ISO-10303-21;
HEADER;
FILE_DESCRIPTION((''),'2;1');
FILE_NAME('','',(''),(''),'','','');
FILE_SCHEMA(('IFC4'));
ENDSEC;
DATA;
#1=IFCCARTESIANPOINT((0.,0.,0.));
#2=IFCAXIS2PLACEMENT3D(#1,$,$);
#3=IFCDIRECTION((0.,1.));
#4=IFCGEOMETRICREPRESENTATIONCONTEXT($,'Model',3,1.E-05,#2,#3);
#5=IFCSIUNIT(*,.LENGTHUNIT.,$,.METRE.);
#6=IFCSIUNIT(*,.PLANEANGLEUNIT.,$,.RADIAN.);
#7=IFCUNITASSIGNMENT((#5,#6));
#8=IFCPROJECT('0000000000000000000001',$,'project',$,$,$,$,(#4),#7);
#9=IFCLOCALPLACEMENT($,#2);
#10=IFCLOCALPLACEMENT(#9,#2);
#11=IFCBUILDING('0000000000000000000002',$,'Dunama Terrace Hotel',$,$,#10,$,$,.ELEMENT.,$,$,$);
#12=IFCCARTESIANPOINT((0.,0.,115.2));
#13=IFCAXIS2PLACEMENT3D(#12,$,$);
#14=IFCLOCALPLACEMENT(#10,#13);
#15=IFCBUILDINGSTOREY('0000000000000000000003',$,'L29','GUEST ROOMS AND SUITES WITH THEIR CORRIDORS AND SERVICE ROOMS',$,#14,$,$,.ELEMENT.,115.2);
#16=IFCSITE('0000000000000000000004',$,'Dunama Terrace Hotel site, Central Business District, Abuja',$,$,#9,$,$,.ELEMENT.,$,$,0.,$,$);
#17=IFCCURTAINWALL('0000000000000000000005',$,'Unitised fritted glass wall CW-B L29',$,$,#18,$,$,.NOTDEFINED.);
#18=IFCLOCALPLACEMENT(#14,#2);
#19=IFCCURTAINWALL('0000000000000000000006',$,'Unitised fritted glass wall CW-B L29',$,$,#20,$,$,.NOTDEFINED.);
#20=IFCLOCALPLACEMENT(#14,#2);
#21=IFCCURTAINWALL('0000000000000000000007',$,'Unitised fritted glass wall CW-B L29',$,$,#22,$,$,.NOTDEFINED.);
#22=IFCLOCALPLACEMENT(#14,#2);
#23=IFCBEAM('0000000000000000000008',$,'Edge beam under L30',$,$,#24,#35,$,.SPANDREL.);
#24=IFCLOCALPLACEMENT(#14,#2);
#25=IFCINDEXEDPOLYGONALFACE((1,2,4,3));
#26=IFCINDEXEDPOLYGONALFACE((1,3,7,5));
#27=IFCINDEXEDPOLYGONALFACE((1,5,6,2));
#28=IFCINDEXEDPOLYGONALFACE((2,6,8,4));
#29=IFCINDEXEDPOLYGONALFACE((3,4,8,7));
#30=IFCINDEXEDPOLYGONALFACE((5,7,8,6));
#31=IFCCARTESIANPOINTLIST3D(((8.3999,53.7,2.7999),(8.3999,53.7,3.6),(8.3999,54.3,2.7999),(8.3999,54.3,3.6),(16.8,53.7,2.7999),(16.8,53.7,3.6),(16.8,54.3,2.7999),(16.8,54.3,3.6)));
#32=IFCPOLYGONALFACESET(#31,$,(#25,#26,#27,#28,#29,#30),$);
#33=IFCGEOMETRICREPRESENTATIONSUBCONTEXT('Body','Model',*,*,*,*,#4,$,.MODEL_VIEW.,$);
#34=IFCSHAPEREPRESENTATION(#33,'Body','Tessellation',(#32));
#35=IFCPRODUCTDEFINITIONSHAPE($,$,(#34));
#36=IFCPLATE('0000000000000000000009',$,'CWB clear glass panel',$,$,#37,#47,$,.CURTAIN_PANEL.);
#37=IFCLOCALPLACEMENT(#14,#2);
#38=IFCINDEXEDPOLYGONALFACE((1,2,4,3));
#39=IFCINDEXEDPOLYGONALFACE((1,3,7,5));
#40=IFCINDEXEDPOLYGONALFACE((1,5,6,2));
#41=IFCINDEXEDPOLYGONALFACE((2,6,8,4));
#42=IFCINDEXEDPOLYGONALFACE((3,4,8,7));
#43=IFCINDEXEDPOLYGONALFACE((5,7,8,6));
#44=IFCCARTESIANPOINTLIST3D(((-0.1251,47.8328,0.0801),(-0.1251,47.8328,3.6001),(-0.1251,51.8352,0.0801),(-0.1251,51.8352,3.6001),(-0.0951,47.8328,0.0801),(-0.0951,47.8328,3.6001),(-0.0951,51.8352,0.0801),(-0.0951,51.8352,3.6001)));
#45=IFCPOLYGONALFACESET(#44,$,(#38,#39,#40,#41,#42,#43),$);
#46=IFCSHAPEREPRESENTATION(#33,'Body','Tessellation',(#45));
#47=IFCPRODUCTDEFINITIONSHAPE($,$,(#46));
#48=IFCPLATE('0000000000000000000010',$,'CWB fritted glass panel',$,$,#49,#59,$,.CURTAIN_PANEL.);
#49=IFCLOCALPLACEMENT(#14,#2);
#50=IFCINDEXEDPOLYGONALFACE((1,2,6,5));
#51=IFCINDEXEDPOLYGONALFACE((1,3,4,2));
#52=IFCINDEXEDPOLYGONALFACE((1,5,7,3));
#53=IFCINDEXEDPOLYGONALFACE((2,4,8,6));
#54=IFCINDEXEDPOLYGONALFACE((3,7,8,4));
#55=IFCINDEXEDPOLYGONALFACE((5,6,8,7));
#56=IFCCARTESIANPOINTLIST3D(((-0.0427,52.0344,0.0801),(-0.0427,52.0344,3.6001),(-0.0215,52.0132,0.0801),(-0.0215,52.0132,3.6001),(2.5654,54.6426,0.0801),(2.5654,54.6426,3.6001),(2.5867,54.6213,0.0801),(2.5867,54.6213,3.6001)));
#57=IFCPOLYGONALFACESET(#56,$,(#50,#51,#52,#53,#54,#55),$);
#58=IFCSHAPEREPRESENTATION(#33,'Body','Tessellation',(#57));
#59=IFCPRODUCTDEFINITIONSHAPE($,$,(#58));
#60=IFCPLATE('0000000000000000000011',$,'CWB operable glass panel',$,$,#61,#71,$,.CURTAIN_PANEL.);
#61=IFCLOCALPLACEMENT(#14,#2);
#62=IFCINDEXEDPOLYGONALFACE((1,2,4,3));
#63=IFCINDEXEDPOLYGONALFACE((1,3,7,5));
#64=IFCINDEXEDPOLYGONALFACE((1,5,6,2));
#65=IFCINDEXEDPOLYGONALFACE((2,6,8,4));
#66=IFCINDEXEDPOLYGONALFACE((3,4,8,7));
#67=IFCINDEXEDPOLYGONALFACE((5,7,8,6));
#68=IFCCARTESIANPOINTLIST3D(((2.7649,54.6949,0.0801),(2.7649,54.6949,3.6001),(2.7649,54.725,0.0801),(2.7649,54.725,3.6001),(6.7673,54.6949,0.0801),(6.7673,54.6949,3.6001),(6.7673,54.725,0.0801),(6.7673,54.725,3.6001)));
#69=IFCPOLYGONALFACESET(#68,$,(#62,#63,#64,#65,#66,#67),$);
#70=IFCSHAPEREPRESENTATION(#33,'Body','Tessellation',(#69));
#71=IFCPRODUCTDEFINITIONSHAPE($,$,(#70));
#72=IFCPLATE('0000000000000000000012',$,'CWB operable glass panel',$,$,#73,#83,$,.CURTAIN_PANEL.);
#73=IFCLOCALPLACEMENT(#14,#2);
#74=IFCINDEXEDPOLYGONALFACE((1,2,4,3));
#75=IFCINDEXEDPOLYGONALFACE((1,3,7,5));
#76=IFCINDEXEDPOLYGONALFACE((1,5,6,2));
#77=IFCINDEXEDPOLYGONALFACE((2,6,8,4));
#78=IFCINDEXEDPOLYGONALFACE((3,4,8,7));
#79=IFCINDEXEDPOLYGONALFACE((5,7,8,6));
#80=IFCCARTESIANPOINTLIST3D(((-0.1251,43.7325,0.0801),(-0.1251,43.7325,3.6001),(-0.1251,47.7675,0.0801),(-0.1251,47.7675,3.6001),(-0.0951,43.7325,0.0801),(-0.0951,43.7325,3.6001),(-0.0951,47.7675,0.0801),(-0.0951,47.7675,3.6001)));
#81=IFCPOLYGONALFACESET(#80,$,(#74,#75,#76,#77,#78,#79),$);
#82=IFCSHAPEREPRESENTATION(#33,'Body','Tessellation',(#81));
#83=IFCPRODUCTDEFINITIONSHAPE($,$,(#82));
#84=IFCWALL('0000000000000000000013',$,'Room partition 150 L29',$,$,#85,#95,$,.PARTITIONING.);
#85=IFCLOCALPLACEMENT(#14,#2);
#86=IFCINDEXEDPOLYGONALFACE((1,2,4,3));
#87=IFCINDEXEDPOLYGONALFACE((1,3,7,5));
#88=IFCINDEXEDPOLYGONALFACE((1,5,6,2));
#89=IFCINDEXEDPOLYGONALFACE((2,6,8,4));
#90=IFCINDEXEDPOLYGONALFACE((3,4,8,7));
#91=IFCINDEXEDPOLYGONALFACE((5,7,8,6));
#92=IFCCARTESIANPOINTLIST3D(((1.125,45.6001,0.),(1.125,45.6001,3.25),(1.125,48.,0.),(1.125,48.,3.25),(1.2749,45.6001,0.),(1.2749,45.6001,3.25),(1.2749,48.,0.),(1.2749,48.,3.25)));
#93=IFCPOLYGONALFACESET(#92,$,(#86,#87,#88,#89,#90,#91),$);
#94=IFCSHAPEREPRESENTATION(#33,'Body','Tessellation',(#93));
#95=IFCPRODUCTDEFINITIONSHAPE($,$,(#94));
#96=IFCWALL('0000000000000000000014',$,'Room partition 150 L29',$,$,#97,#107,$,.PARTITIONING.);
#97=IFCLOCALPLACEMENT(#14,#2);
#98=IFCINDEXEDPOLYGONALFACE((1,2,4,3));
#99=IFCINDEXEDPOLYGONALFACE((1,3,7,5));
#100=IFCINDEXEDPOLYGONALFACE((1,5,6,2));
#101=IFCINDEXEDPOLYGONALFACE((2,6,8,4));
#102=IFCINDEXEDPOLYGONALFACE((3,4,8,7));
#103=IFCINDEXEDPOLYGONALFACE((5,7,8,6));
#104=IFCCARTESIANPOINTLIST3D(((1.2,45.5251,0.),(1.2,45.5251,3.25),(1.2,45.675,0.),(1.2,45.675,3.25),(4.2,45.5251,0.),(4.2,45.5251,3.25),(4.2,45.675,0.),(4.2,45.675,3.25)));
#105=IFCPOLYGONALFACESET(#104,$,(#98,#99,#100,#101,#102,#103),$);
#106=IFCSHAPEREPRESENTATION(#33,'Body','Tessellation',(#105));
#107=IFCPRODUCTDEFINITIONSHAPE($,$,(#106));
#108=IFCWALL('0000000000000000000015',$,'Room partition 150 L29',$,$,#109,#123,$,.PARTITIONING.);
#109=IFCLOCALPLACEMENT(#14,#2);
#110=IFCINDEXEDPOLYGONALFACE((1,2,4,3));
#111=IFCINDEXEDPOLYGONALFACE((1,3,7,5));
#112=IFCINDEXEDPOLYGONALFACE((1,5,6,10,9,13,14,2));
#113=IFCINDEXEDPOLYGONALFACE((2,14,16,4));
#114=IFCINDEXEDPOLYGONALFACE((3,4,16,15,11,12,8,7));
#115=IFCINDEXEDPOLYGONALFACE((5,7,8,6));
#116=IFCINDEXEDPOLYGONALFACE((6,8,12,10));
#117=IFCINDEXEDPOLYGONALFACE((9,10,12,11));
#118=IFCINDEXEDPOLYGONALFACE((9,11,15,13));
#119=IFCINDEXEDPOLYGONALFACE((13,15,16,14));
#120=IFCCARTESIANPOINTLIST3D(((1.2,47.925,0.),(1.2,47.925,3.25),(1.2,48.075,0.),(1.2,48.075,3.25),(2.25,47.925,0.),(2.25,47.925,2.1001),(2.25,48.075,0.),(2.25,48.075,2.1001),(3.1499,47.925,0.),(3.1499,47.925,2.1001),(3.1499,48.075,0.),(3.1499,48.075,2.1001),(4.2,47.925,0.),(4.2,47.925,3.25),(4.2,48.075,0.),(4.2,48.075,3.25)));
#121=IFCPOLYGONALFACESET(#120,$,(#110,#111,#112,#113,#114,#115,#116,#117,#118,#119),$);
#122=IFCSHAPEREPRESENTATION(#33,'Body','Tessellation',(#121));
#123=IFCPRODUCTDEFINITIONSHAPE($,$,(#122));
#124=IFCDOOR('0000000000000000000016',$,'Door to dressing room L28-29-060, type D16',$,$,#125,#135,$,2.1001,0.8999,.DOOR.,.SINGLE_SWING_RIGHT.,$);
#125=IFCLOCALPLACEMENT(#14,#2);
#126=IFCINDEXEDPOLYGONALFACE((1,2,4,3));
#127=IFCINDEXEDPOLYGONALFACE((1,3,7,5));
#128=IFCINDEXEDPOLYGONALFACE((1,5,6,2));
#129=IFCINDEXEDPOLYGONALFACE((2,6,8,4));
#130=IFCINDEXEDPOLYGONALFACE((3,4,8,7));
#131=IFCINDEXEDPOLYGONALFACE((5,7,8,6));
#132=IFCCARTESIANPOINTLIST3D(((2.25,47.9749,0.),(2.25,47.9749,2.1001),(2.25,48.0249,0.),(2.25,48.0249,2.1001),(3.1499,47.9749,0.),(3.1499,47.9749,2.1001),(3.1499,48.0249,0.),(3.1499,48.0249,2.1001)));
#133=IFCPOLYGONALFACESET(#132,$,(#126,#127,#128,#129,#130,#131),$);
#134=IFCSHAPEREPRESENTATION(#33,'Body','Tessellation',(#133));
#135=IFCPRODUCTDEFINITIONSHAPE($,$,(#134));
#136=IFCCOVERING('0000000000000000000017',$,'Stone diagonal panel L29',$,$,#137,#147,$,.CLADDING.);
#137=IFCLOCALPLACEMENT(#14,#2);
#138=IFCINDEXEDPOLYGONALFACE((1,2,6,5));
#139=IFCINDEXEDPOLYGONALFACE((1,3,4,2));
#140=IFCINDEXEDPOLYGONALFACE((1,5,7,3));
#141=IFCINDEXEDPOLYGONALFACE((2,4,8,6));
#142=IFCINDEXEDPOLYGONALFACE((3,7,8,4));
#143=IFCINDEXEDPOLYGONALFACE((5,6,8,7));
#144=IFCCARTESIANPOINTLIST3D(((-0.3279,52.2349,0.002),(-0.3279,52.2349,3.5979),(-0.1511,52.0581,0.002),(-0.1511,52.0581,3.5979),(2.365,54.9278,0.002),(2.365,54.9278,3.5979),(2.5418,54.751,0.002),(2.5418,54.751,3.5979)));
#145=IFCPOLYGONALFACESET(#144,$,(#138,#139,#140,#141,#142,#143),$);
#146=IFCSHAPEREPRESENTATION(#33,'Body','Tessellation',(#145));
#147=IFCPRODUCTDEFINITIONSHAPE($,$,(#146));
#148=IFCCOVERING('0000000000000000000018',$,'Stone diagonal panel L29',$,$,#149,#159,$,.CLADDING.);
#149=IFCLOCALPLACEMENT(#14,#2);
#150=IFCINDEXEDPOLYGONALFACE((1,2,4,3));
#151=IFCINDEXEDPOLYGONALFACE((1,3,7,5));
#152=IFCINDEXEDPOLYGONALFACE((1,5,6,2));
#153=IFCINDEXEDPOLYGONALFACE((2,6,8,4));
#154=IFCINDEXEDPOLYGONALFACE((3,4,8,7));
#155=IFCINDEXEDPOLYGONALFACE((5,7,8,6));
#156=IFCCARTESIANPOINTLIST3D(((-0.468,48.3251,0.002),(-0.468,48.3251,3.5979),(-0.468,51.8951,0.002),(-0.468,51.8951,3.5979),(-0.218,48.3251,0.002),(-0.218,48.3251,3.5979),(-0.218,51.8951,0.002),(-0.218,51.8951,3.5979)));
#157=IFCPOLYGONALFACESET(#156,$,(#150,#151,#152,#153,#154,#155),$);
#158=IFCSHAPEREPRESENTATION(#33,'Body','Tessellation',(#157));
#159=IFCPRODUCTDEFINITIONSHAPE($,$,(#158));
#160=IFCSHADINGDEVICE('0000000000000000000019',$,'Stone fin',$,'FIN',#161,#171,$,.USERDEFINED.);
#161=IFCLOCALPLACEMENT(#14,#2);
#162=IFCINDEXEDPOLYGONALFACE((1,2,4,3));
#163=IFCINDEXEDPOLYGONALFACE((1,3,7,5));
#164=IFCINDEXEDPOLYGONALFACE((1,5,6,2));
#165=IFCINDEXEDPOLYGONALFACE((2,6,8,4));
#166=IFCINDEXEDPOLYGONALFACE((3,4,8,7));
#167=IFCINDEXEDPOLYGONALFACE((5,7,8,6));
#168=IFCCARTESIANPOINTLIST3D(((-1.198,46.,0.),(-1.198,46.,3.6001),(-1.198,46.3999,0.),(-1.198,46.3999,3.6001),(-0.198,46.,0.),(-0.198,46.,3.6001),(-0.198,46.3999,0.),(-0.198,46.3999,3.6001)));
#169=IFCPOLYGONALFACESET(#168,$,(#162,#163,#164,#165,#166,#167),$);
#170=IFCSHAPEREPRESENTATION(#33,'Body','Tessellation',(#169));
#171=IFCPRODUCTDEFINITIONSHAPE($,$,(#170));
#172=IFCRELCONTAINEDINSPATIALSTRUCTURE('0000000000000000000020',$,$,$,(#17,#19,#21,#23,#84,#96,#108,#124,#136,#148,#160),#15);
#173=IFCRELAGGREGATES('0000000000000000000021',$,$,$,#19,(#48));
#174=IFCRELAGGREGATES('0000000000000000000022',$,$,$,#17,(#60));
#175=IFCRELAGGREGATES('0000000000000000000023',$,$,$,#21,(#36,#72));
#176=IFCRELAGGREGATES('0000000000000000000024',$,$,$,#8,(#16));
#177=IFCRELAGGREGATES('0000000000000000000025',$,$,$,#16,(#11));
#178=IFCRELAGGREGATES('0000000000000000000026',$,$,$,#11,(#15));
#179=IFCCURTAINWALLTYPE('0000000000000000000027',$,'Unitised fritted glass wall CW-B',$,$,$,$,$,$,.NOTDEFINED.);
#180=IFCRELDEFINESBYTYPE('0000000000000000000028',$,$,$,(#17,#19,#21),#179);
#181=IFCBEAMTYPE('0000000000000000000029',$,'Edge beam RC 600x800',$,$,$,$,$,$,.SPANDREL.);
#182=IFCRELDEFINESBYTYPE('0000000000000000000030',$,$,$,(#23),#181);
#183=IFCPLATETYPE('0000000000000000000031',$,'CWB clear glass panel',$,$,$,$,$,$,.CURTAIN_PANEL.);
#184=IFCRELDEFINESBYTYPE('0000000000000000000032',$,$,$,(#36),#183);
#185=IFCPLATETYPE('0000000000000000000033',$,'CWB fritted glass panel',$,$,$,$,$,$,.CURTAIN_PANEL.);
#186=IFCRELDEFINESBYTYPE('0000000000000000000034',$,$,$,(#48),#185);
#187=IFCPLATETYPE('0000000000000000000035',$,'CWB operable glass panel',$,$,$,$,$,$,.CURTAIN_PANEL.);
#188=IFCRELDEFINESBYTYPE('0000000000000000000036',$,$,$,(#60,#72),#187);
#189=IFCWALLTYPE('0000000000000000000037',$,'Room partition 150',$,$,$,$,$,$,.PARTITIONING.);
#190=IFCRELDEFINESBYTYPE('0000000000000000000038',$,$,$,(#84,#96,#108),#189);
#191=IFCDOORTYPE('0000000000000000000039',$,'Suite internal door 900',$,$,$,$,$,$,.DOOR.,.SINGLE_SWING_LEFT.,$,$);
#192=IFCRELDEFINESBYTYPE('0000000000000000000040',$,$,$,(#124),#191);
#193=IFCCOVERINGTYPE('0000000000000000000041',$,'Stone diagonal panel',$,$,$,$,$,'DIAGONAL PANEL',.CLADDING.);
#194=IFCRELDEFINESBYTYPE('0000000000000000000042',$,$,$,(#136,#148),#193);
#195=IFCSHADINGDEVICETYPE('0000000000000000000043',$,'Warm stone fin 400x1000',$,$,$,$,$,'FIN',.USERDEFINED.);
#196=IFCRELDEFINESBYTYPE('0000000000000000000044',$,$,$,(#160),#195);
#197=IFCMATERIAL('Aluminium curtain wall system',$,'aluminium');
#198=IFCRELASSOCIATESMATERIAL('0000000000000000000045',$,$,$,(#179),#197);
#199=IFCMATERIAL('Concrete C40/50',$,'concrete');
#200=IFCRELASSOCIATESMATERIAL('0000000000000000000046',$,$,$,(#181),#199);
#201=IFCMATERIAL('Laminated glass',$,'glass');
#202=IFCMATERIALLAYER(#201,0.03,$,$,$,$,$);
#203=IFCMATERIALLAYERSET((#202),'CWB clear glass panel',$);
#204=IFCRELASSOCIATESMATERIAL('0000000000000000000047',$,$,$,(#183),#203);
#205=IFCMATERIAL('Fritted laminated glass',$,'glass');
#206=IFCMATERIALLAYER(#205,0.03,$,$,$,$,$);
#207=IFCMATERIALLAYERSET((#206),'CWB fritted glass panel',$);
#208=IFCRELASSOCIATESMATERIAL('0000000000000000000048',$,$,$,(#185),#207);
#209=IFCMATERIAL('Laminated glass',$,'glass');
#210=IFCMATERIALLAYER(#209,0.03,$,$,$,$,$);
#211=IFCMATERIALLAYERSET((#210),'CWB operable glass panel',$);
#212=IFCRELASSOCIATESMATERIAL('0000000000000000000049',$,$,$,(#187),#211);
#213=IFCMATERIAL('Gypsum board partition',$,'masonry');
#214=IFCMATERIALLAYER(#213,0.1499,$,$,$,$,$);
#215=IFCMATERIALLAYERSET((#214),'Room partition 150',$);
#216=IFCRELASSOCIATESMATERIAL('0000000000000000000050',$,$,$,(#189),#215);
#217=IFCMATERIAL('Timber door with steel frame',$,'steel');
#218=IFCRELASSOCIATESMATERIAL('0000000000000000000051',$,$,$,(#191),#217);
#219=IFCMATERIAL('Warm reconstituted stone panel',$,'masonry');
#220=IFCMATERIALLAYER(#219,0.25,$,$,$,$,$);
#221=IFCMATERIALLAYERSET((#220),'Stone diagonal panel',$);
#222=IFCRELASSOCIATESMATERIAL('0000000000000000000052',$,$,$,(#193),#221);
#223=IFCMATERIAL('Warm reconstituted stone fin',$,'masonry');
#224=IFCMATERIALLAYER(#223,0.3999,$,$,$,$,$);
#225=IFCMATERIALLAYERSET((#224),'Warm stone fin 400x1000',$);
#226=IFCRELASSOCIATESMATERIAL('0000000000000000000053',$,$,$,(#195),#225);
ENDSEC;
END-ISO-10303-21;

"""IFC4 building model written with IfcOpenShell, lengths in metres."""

from ifc_helpers import new_model, si_unit, direction, frame, frame_2d, origin, origin_2d, place, context, subcontext, project, spatial, rectangle, extrude, material, layer, layer_set, material_profile, profile_set, type_object, element, fill, aggregate, save


model = new_model("IFC4")

# Units and contexts
model_context = context("Model", 3, precision=1e-05, world=origin(), true_north=direction((0.0, 1.0)))
body_context = subcontext(model_context, "Body", "Model", "MODEL_VIEW")
ifc_project = project(units=[si_unit("LENGTHUNIT", "METRE"), si_unit("PLANEANGLEUNIT", "RADIAN")], contexts=[model_context])

# Site, building, storey
site_placement = place(None, origin())
site = spatial("IfcSite", under=ifc_project, at=site_placement, Name="Dunama Terrace Hotel site, Central Business District, Abuja", CompositionType="ELEMENT", RefElevation=0.0)
building_placement = place(site_placement, origin())
building = spatial("IfcBuilding", under=site, at=building_placement, Name="Dunama Terrace Hotel", CompositionType="ELEMENT")
storey_placement = place(building_placement, frame((0.0, 0.0, 115.2)))
storey = spatial("IfcBuildingStorey", under=building, at=storey_placement, Name="L29", Description="GUEST ROOMS AND SUITES WITH THEIR CORRIDORS AND SERVICE ROOMS", CompositionType="ELEMENT", Elevation=115.2)

# Curtain walls
ifc_material_1 = material(Name="Aluminium curtain wall system", Category="aluminium")
curtain_wall_type = type_object("IfcCurtainWallType", Name="Unitised fritted glass wall CW-B", PredefinedType="NOTDEFINED", material=ifc_material_1)
curtain_wall_1_placement = place(storey_placement, origin())
curtain_wall_1 = element("IfcCurtainWall", 1, at=curtain_wall_1_placement, inside=storey, type_object=curtain_wall_type, Name="Unitised fritted glass wall CW-B L29", PredefinedType="NOTDEFINED")
curtain_wall_2_placement = place(storey_placement, origin())
curtain_wall_2 = element("IfcCurtainWall", 2, at=curtain_wall_2_placement, inside=storey, type_object=curtain_wall_type, Name="Unitised fritted glass wall CW-B L29", PredefinedType="NOTDEFINED")
curtain_wall_3_placement = place(storey_placement, origin())
curtain_wall_3 = element("IfcCurtainWall", 3, at=curtain_wall_3_placement, inside=storey, type_object=curtain_wall_type, Name="Unitised fritted glass wall CW-B L29", PredefinedType="NOTDEFINED")

# Beam
ifc_material_2 = material(Name="Concrete C40/50", Category="concrete")
ifc_material_profile_1 = material_profile(ifc_material_2, rectangle(XDim=0.6001, YDim=0.8, at=origin_2d()), Name="RC 600x800")
ifc_profile_set_1 = profile_set([ifc_material_profile_1], Name="Concrete C40/50")
beam_type = type_object("IfcBeamType", Name="Edge beam RC 600x800", PredefinedType="SPANDREL", material=ifc_profile_set_1)
beam_placement = place(storey_placement, frame((8.3999, 54.0, 3.2), z_axis=(1.0, 0.0, 0.0), x_axis=(0.0, 1.0, 0.0)))
element("IfcBeam", 4, at=beam_placement, inside=storey, type_object=beam_type, Name="Edge beam under L30", PredefinedType="SPANDREL", context=body_context, shape_type="SweptSolid", body=[
    extrude(rectangle(XDim=0.6001, YDim=0.8, at=origin_2d()), origin(), (0.0, 0.0, 1.0), 8.4001),
])

# Plates
ifc_material_3 = material(Name="Laminated glass", Category="glass")
ifc_layer_1 = layer(ifc_material_3, 0.03)
ifc_layer_set_1 = layer_set([ifc_layer_1], Name="CWB clear glass panel")
plate_type_1 = type_object("IfcPlateType", Name="CWB clear glass panel", PredefinedType="CURTAIN_PANEL", material=ifc_layer_set_1)
plate_1_placement = place(storey_placement, frame((-0.1101, 49.834, 0.0801), z_axis=(0.0, 0.0, 1.0), x_axis=(0.0, -1.0, 0.0)))
plate_1 = element("IfcPlate", 5, at=plate_1_placement, type_object=plate_type_1, Name="CWB clear glass panel", PredefinedType="CURTAIN_PANEL", context=body_context, shape_type="SweptSolid", body=[
    extrude(rectangle(XDim=4.0024, YDim=0.03, at=origin_2d()), origin(), (0.0, 0.0, 1.0), 3.52),
])
ifc_material_4 = material(Name="Fritted laminated glass", Category="glass")
ifc_layer_2 = layer(ifc_material_4, 0.03)
ifc_layer_set_2 = layer_set([ifc_layer_2], Name="CWB fritted glass panel")
plate_type_2 = type_object("IfcPlateType", Name="CWB fritted glass panel", PredefinedType="CURTAIN_PANEL", material=ifc_layer_set_2)
plate_2_placement = place(storey_placement, frame((1.272, 53.3279, 0.0801), z_axis=(0.0, 0.0, 1.0), x_axis=(-0.707107, -0.707107, 0.0)))
plate_2 = element("IfcPlate", 6, at=plate_2_placement, type_object=plate_type_2, Name="CWB fritted glass panel", PredefinedType="CURTAIN_PANEL", context=body_context, shape_type="SweptSolid", body=[
    extrude(rectangle(XDim=3.6885, YDim=0.03, at=origin_2d()), origin(), (0.0, 0.0, 1.0), 3.52),
])
aggregate(curtain_wall_2, [plate_2])
ifc_material_5 = material(Name="Laminated glass", Category="glass")
ifc_layer_3 = layer(ifc_material_5, 0.03)
ifc_layer_set_3 = layer_set([ifc_layer_3], Name="CWB operable glass panel")
plate_type_3 = type_object("IfcPlateType", Name="CWB operable glass panel", PredefinedType="CURTAIN_PANEL", material=ifc_layer_set_3)
plate_3_placement = place(storey_placement, frame((4.7661, 54.71, 0.0801), z_axis=(0.0, 0.0, 1.0), x_axis=(-1.0, 0.0, 0.0)))
plate_3 = element("IfcPlate", 7, at=plate_3_placement, type_object=plate_type_3, Name="CWB operable glass panel", PredefinedType="CURTAIN_PANEL", context=body_context, shape_type="SweptSolid", body=[
    extrude(rectangle(XDim=4.0024, YDim=0.03, at=origin_2d()), origin(), (0.0, 0.0, 1.0), 3.52),
])
aggregate(curtain_wall_1, [plate_3])
plate_4_placement = place(storey_placement, frame((-0.1101, 45.75, 0.0801), z_axis=(0.0, 0.0, 1.0), x_axis=(0.0, -1.0, 0.0)))
plate_4 = element("IfcPlate", 8, at=plate_4_placement, type_object=plate_type_3, Name="CWB operable glass panel", PredefinedType="CURTAIN_PANEL", context=body_context, shape_type="SweptSolid", body=[
    extrude(rectangle(XDim=4.0349, YDim=0.03, at=origin_2d()), origin(), (0.0, 0.0, 1.0), 3.52),
])
aggregate(curtain_wall_3, [plate_1, plate_4])

# Walls
ifc_material_6 = material(Name="Gypsum board partition", Category="masonry")
ifc_layer_4 = layer(ifc_material_6, 0.1499)
ifc_layer_set_4 = layer_set([ifc_layer_4], Name="Room partition 150")
wall_type = type_object("IfcWallType", Name="Room partition 150", PredefinedType="PARTITIONING", material=ifc_layer_set_4)
wall_1_placement = place(storey_placement, frame((1.2, 45.6001, 0.0), z_axis=(0.0, 0.0, 1.0), x_axis=(0.0, 1.0, 0.0)))
element("IfcWall", 9, at=wall_1_placement, inside=storey, type_object=wall_type, Name="Room partition 150 L29", PredefinedType="PARTITIONING", context=body_context, shape_type="SweptSolid", body=[
    extrude(rectangle(XDim=2.3999, YDim=0.1499, at=frame_2d((1.2, 0.0))), origin(), (0.0, 0.0, 1.0), 3.25),
])
wall_2_placement = place(storey_placement, frame((1.2, 45.6001, 0.0), z_axis=(0.0, 0.0, 1.0), x_axis=(1.0, 0.0, 0.0)))
element("IfcWall", 10, at=wall_2_placement, inside=storey, type_object=wall_type, Name="Room partition 150 L29", PredefinedType="PARTITIONING", context=body_context, shape_type="SweptSolid", body=[
    extrude(rectangle(XDim=3.0, YDim=0.1499, at=frame_2d((1.5, 0.0))), origin(), (0.0, 0.0, 1.0), 3.25),
])

# Wall, opening, door
wall_3_placement = place(storey_placement, frame((1.2, 48.0, 0.0), z_axis=(0.0, 0.0, 1.0), x_axis=(1.0, 0.0, 0.0)))
wall_3 = element("IfcWall", 11, at=wall_3_placement, inside=storey, type_object=wall_type, Name="Room partition 150 L29", PredefinedType="PARTITIONING", context=body_context, shape_type="SweptSolid", body=[
    extrude(rectangle(XDim=3.0, YDim=0.1499, at=frame_2d((1.5, 0.0))), origin(), (0.0, 0.0, 1.0), 3.25),
])
opening_placement = place(wall_3_placement, frame((1.05, 0.0, 0.0)))
opening = element("IfcOpeningElement", 12, at=opening_placement, cuts=wall_3, PredefinedType="OPENING", context=body_context, shape_type="SweptSolid", body=[
    extrude(rectangle(XDim=0.8999, YDim=2.1001, at=frame_2d((0.45, 1.05))), frame((0.0, 0.085, 0.0), z_axis=(0.0, -1.0, 0.0), x_axis=(1.0, 0.0, 0.0)), (0.0, 0.0, 1.0), 0.1699),
])
ifc_material_7 = material(Name="Timber door with steel frame", Category="steel")
door_type = type_object("IfcDoorType", Name="Suite internal door 900", OperationType="SINGLE_SWING_LEFT", PredefinedType="DOOR", material=ifc_material_7)
door_placement = place(opening_placement, frame((0.8999, 0.0, 0.0), z_axis=(0.0, 0.0, 1.0), x_axis=(-1.0, 0.0, 0.0)))
door = element("IfcDoor", 13, at=door_placement, inside=storey, type_object=door_type, Name="Door to dressing room L28-29-060, type D16", OperationType="SINGLE_SWING_RIGHT", OverallHeight=2.1001, OverallWidth=0.8999, PredefinedType="DOOR", context=body_context, shape_type="SweptSolid", body=[
    extrude(rectangle(XDim=0.8999, YDim=2.1001, at=frame_2d((0.45, 1.05))), frame((0.0, 0.0251, 0.0), z_axis=(0.0, -1.0, 0.0), x_axis=(1.0, 0.0, 0.0)), (0.0, 0.0, 1.0), 0.05),
])
fill(opening, door)

# Coverings
ifc_material_8 = material(Name="Warm reconstituted stone panel", Category="masonry")
ifc_layer_5 = layer(ifc_material_8, 0.25)
ifc_layer_set_5 = layer_set([ifc_layer_5], Name="Stone diagonal panel")
covering_type = type_object("IfcCoveringType", Name="Stone diagonal panel", ElementType="DIAGONAL PANEL", PredefinedType="CLADDING", material=ifc_layer_set_5)
covering_1_placement = place(storey_placement, frame((1.1069, 53.4929, 0.002), z_axis=(0.0, 0.0, 1.0), x_axis=(-0.707107, -0.707107, 0.0)))
element("IfcCovering", 14, at=covering_1_placement, inside=storey, type_object=covering_type, Name="Stone diagonal panel L29", PredefinedType="CLADDING", context=body_context, shape_type="SweptSolid", body=[
    extrude(rectangle(XDim=3.8083, YDim=0.25, at=origin_2d()), origin(), (0.0, 0.0, 1.0), 3.5959),
])
covering_2_placement = place(storey_placement, frame((-0.343, 50.1101, 0.002), z_axis=(0.0, 0.0, 1.0), x_axis=(0.0, -1.0, 0.0)))
element("IfcCovering", 15, at=covering_2_placement, inside=storey, type_object=covering_type, Name="Stone diagonal panel L29", PredefinedType="CLADDING", context=body_context, shape_type="SweptSolid", body=[
    extrude(rectangle(XDim=3.5701, YDim=0.25, at=origin_2d()), origin(), (0.0, 0.0, 1.0), 3.5959),
])

# Shading device
ifc_material_9 = material(Name="Warm reconstituted stone fin", Category="masonry")
ifc_layer_6 = layer(ifc_material_9, 0.3999)
ifc_layer_set_6 = layer_set([ifc_layer_6], Name="Warm stone fin 400x1000")
shading_device_type = type_object("IfcShadingDeviceType", Name="Warm stone fin 400x1000", ElementType="FIN", PredefinedType="USERDEFINED", material=ifc_layer_set_6)
shading_device_placement = place(storey_placement, frame((-0.698, 46.2, 0.0), z_axis=(0.0, 0.0, 1.0), x_axis=(0.0, -1.0, 0.0)))
element("IfcShadingDevice", 16, at=shading_device_placement, inside=storey, type_object=shading_device_type, Name="Stone fin", ObjectType="FIN", PredefinedType="USERDEFINED", context=body_context, shape_type="SweptSolid", body=[
    extrude(rectangle(XDim=0.3999, YDim=1.0, at=origin_2d()), origin(), (0.0, 0.0, 1.0), 3.6001),
])

save(model, "model.ifc")
